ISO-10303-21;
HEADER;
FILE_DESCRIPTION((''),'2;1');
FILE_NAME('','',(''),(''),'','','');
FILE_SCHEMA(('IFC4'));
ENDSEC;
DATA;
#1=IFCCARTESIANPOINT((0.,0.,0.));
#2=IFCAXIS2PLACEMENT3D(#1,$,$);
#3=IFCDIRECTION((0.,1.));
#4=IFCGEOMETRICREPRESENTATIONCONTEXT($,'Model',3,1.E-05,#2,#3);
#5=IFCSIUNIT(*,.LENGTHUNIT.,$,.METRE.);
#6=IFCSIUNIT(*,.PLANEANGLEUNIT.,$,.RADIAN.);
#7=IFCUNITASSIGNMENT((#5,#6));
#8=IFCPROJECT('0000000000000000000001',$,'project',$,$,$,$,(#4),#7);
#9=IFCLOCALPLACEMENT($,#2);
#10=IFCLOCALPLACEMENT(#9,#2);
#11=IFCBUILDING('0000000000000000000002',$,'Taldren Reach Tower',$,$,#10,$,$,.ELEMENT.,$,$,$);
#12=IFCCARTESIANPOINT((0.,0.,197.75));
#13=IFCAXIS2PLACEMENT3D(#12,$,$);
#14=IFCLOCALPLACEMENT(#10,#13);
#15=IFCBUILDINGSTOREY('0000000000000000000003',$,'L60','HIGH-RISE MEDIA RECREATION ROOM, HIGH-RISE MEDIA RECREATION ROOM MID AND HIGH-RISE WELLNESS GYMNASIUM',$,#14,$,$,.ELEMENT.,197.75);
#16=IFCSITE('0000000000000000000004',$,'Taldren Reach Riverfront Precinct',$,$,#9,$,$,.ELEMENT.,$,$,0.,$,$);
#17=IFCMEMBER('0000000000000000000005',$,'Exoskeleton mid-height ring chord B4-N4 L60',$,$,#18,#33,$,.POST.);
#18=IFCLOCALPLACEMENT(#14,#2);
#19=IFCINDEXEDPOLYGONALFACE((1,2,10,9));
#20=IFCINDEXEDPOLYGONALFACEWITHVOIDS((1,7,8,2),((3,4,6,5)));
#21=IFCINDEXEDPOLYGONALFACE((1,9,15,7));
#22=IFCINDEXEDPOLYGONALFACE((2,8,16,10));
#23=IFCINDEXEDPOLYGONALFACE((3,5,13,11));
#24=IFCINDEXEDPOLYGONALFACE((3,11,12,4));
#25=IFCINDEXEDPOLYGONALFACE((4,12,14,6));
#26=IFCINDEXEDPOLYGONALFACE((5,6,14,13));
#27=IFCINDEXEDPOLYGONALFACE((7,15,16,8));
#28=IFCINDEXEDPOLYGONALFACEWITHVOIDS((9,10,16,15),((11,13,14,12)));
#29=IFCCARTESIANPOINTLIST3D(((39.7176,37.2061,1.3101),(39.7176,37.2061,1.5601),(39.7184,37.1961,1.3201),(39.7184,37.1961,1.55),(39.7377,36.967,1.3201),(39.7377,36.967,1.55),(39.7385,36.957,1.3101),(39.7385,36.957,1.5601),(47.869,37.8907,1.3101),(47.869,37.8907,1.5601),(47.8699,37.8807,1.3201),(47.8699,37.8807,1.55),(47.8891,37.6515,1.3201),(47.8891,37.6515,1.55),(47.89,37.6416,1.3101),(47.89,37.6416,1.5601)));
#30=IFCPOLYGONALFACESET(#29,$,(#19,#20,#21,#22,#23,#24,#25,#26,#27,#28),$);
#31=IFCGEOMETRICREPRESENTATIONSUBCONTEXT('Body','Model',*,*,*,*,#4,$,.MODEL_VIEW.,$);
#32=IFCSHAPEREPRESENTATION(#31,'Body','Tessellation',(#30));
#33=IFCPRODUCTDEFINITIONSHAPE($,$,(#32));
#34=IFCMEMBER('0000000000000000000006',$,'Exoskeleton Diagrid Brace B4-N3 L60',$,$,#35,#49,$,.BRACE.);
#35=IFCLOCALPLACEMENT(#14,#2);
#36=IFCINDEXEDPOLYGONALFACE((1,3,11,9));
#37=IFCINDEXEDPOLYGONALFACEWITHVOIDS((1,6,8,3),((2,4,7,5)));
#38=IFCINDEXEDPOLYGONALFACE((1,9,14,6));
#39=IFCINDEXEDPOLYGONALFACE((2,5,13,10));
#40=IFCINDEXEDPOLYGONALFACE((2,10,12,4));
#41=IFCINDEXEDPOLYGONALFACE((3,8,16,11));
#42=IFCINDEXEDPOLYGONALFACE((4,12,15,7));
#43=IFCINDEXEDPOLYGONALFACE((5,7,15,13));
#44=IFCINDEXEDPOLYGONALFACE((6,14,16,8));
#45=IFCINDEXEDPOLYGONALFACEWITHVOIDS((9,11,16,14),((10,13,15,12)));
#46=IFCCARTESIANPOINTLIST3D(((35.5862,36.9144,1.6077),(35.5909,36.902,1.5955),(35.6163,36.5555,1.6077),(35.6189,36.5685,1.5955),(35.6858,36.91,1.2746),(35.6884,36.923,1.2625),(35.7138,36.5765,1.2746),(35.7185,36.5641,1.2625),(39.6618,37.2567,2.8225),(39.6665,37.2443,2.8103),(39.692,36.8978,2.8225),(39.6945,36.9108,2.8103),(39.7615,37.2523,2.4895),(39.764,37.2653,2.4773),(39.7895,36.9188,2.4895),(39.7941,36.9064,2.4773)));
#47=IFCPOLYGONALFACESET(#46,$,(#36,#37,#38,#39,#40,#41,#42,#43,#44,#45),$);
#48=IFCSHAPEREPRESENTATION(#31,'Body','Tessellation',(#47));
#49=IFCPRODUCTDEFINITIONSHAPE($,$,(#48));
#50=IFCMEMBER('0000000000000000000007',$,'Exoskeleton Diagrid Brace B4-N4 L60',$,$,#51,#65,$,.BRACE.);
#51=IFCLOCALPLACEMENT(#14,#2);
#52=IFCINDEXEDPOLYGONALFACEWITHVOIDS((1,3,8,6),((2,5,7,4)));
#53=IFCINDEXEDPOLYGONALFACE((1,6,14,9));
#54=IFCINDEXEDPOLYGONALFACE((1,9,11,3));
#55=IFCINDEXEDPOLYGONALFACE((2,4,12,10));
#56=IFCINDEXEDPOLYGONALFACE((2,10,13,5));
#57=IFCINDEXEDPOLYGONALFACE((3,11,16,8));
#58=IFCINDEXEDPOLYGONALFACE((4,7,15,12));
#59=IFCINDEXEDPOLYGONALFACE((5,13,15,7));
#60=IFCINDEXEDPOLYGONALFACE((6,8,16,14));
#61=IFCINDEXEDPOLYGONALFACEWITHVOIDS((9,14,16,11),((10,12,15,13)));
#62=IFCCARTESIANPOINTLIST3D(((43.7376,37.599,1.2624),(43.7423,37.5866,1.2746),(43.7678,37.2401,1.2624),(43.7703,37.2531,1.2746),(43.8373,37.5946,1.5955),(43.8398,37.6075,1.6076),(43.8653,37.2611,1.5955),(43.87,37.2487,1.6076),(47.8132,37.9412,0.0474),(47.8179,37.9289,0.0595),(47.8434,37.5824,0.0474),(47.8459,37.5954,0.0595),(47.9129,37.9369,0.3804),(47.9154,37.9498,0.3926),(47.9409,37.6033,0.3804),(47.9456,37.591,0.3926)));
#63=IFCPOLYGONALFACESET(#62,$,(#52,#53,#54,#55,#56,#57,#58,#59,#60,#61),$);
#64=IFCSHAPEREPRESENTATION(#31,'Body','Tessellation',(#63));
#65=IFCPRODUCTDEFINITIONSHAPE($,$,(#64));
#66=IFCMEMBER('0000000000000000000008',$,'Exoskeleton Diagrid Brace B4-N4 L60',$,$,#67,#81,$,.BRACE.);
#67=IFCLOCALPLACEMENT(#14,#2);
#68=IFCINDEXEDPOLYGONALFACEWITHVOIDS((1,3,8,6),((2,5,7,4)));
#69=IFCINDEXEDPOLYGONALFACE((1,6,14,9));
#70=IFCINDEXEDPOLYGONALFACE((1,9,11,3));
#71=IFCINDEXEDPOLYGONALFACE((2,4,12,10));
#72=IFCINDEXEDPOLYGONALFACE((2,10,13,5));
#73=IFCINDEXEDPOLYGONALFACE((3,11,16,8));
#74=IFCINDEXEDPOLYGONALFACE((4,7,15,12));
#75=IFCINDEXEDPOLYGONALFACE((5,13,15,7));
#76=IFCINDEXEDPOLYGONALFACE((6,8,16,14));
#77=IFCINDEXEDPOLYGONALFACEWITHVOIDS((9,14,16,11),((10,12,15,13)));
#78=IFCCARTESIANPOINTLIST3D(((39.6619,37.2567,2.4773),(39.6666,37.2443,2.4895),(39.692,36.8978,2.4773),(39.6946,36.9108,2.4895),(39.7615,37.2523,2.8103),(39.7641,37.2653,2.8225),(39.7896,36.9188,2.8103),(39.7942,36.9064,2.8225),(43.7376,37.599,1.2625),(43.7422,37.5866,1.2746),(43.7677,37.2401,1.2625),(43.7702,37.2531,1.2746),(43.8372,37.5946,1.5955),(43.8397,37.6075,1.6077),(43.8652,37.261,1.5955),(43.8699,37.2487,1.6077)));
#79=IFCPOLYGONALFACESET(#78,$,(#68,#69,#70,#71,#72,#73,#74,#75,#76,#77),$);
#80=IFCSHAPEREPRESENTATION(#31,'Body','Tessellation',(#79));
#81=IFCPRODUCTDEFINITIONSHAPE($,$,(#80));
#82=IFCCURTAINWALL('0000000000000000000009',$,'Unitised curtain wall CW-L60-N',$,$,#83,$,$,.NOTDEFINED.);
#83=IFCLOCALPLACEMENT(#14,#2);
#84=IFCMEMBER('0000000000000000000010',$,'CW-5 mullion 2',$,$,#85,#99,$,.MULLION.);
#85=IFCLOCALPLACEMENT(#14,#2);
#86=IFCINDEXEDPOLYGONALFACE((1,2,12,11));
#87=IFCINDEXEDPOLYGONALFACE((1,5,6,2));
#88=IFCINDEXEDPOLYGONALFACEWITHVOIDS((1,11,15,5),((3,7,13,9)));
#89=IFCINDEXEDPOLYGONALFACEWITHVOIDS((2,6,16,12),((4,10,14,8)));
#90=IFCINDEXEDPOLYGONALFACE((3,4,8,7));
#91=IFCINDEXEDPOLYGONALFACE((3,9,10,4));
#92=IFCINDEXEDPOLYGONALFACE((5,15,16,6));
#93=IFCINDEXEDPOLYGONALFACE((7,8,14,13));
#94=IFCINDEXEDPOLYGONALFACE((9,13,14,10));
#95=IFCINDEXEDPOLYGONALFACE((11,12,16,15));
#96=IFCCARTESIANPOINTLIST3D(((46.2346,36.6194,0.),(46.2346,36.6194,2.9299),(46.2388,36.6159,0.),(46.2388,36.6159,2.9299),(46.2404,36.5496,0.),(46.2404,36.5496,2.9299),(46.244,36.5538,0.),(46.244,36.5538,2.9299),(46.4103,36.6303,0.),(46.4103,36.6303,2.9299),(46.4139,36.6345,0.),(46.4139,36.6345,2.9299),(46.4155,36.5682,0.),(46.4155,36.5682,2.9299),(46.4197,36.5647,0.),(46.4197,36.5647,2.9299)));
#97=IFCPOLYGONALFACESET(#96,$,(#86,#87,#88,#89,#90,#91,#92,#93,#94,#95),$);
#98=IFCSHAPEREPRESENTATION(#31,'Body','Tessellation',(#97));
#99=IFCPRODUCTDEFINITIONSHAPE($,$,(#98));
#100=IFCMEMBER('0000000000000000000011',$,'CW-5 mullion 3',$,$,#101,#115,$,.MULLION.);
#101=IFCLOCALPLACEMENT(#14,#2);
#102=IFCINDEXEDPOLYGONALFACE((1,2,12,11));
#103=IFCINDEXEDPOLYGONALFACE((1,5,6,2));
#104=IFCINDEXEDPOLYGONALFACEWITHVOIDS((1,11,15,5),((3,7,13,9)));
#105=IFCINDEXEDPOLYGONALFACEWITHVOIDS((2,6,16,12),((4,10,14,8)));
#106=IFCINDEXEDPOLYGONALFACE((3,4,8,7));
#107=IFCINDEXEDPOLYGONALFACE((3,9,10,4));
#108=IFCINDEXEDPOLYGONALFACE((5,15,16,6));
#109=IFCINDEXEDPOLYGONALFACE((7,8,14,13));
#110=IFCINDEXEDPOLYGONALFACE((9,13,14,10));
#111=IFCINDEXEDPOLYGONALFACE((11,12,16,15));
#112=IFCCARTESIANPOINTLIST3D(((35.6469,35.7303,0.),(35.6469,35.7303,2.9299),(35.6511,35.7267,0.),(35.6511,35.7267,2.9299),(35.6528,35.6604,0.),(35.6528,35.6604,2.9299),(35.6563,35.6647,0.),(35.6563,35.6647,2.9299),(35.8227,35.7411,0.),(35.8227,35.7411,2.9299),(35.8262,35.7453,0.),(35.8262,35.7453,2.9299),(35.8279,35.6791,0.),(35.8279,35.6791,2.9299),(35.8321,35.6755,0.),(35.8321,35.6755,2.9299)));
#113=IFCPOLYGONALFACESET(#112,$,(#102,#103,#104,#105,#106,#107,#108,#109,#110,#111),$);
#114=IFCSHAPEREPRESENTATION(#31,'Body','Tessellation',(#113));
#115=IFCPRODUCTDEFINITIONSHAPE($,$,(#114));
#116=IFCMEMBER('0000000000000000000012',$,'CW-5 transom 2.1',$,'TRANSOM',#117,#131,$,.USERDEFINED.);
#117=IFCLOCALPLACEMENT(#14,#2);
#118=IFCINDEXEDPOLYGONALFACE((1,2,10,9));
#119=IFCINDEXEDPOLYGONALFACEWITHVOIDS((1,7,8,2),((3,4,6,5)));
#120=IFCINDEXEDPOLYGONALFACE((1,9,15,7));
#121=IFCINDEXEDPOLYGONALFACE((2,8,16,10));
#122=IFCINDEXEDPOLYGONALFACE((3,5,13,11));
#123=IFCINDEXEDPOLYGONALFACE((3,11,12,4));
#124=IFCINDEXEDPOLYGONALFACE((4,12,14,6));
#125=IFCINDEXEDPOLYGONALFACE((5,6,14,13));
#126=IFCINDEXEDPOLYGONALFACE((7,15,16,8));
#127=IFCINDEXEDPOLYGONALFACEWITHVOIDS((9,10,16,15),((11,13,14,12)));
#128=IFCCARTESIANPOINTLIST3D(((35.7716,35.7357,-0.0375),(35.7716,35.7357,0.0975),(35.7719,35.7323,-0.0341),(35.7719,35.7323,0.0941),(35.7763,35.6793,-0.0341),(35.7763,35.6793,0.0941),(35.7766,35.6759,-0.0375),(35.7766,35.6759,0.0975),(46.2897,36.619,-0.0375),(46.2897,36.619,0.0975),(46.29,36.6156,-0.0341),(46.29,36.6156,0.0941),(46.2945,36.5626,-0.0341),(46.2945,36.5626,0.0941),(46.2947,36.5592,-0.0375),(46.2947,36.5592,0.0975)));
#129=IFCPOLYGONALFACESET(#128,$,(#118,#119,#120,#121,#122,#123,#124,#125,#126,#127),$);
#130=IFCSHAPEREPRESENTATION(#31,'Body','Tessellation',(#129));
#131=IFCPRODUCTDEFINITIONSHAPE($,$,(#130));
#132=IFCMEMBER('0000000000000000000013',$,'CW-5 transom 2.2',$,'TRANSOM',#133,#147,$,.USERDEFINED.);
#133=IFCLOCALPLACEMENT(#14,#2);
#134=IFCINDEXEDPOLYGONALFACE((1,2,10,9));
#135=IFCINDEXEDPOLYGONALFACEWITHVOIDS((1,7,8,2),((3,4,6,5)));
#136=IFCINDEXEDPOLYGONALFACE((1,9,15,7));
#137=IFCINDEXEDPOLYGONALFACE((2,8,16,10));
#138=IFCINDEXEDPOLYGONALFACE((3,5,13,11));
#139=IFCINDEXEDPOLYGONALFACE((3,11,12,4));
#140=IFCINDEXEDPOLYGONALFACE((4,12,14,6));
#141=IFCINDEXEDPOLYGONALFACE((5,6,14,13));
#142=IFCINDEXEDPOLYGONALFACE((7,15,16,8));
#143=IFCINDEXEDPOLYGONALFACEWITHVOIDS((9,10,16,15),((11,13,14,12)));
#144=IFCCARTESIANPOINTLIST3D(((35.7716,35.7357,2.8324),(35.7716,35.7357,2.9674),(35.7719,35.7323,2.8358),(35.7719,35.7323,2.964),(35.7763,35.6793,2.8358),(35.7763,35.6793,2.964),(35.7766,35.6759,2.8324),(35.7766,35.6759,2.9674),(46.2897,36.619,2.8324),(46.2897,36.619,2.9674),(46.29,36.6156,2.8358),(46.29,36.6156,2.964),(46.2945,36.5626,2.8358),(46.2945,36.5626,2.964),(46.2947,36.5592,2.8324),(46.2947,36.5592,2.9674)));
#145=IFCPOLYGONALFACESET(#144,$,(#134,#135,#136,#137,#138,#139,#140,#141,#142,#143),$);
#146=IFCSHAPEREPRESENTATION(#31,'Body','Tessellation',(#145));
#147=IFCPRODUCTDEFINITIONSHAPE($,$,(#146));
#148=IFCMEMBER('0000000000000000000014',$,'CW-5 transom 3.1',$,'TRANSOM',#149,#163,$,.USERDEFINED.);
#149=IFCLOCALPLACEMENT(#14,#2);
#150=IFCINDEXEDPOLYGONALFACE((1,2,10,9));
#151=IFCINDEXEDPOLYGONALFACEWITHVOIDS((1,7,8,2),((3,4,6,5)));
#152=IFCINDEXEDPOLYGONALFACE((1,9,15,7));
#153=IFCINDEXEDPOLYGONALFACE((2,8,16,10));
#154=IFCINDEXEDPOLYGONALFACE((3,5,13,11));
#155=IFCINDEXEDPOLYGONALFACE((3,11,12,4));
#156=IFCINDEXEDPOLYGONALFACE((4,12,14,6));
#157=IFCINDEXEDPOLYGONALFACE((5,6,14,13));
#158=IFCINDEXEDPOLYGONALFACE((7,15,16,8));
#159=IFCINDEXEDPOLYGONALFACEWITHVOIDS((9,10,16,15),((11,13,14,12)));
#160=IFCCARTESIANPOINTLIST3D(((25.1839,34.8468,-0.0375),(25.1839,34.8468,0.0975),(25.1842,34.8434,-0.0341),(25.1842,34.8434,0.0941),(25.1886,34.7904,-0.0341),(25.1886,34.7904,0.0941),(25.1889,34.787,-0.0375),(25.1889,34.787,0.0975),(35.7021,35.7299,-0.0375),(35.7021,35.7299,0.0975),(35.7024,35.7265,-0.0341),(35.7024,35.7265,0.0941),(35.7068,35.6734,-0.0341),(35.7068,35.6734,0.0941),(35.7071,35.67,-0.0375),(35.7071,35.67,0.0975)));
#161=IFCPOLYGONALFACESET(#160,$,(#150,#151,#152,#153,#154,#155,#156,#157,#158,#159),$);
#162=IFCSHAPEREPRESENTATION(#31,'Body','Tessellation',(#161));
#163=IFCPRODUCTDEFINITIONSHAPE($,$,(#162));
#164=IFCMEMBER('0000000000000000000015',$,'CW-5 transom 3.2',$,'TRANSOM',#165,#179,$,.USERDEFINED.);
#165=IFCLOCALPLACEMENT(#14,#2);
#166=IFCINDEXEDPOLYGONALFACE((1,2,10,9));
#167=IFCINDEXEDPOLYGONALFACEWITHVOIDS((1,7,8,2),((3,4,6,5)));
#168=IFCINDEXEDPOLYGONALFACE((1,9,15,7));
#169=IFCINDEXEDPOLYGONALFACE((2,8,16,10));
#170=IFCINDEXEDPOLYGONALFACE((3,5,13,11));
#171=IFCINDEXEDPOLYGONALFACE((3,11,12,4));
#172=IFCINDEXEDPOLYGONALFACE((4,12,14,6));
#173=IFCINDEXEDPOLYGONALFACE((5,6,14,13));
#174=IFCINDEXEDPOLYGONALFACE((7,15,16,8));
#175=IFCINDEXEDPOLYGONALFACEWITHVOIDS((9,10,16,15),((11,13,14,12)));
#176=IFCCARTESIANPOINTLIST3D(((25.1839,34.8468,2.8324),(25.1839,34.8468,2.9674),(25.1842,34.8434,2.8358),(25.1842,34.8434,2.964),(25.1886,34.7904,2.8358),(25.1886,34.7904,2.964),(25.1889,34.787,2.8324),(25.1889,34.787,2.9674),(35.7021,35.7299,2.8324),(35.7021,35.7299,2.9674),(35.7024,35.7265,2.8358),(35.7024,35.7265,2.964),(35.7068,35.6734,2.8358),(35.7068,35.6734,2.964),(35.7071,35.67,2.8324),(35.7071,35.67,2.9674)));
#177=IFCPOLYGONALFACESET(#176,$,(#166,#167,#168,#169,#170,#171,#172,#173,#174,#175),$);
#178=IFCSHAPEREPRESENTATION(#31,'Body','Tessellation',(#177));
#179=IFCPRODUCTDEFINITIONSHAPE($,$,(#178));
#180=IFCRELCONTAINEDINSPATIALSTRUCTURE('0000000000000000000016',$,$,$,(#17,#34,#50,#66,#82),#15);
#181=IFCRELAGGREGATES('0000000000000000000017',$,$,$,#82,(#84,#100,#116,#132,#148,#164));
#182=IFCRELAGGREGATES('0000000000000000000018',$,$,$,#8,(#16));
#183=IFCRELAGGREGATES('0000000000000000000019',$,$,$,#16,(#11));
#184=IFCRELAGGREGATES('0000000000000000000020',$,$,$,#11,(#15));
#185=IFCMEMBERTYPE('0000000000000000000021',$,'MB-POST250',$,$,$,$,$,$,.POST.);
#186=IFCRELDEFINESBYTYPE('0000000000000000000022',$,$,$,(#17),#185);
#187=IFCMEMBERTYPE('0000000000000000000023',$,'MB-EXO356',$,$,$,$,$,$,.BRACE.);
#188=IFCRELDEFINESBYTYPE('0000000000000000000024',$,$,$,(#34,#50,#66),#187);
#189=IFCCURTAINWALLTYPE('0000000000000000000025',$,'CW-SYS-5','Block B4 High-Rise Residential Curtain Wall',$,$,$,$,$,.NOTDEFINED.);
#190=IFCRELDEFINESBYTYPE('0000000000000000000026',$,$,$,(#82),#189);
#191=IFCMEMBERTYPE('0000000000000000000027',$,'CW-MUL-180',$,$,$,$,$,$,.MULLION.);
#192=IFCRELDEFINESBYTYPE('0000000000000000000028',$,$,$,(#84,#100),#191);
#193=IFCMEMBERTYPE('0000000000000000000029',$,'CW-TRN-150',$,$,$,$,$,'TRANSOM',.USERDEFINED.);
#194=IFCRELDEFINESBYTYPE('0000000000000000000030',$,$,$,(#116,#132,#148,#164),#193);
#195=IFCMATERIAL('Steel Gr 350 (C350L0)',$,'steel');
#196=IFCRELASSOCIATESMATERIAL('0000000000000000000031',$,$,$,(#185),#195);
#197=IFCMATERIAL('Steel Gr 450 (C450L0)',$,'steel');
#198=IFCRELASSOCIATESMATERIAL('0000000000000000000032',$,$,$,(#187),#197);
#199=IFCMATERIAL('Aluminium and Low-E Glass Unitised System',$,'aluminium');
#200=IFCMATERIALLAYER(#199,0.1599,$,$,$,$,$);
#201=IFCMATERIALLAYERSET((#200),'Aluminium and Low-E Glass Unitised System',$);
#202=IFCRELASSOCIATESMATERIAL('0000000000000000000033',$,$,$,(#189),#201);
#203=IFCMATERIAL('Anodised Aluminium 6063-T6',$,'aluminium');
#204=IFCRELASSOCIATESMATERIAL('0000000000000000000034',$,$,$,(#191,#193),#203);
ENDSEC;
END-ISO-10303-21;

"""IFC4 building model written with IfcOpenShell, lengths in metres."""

from ifc_helpers import new_model, si_unit, direction, frame, origin, origin_2d, place, context, subcontext, project, spatial, hollow_rectangle, extrude, source, transform, mapped, material, layer, layer_set, material_profile, profile_set, type_object, element, aggregate, save


model = new_model("IFC4")

# Units and contexts
model_context = context("Model", 3, precision=1e-05, world=origin(), true_north=direction((0.0, 1.0)))
body_context = subcontext(model_context, "Body", "Model", "MODEL_VIEW")
ifc_project = project(units=[si_unit("LENGTHUNIT", "METRE"), si_unit("PLANEANGLEUNIT", "RADIAN")], contexts=[model_context])

# Site, building, storey
site_placement = place(None, origin())
site = spatial("IfcSite", under=ifc_project, at=site_placement, Name="Taldren Reach Riverfront Precinct", CompositionType="ELEMENT", RefElevation=0.0)
building_placement = place(site_placement, origin())
building = spatial("IfcBuilding", under=site, at=building_placement, Name="Taldren Reach Tower", CompositionType="ELEMENT")
storey_placement = place(building_placement, frame((0.0, 0.0, 197.75)))
storey = spatial("IfcBuildingStorey", under=building, at=storey_placement, Name="L60", Description="HIGH-RISE MEDIA RECREATION ROOM, HIGH-RISE MEDIA RECREATION ROOM MID AND HIGH-RISE WELLNESS GYMNASIUM", CompositionType="ELEMENT", Elevation=197.75)

# Shared definitions
ifc_material_1 = material(Name="Steel Gr 450 (C450L0)", Category="steel")

# Shared definitions
ifc_material_2 = material(Name="Steel Gr 350 (C350L0)", Category="steel")
ifc_material_profile_1 = material_profile(ifc_material_2, hollow_rectangle(XDim=0.25, YDim=0.25, WallThickness=0.01, at=origin_2d()), Name="250x250x10.0SHS")
ifc_profile_set_1 = profile_set([ifc_material_profile_1], Name="Steel Gr 350 (C350L0)")
member_type_1 = type_object("IfcMemberType", Name="MB-POST250", PredefinedType="POST", material=ifc_profile_set_1)

# Members
shared_shape_1 = source(origin(), body_context, "Body", "SweptSolid", [
    extrude(hollow_rectangle(XDim=0.25, YDim=0.25, WallThickness=0.01, at=origin_2d()), origin(), (0.0, 0.0, 1.0), 8.1802),
])
member_1_placement = place(storey_placement, frame((39.728, 37.0815, 1.4351), z_axis=(0.996492, 0.083688, 0.0), x_axis=(-0.083688, 0.996492, 0.0)))
element("IfcMember", 1, at=member_1_placement, inside=storey, type_object=member_type_1, Name="Exoskeleton mid-height ring chord B4-N4 L60", PredefinedType="POST", context=body_context, shape_type="MappedRepresentation", body=[
    mapped(shared_shape_1, transform((0.0, 0.0, 0.0), scale=1.0)),
])
ifc_material_profile_2 = material_profile(ifc_material_1, hollow_rectangle(XDim=0.3601, YDim=0.3601, WallThickness=0.0127, at=origin_2d()), Name="360x360x12.7SHS")
ifc_profile_set_2 = profile_set([ifc_material_profile_2], Name="Steel Gr 450 (C450L0)")
member_type_2 = type_object("IfcMemberType", Name="MB-EXO356", PredefinedType="BRACE", material=ifc_profile_set_2)
shared_shape_2 = source(origin(), body_context, "Body", "SweptSolid", [
    extrude(hollow_rectangle(XDim=0.3601, YDim=0.3601, WallThickness=0.0127, at=origin_2d()), origin(), (0.0, 0.0, 1.0), 4.2666),
])
for number, where, z_axis, x_axis, name in (
    (2, (35.6523, 36.7393, 1.4351), (0.955245, 0.080224, 0.284731), (-0.083688, 0.996492, 0.0), "Exoskeleton Diagrid Brace B4-N3 L60"),
    (3, (47.8794, 37.7661, 0.22), (-0.955229, -0.080222, 0.284783), (0.083688, -0.996492, 0.0), "Exoskeleton Diagrid Brace B4-N4 L60"),
    (4, (43.8037, 37.4238, 1.4351), (-0.955245, -0.080224, 0.284731), (0.083688, -0.996492, 0.0), "Exoskeleton Diagrid Brace B4-N4 L60"),
):
    element("IfcMember", number, at=place(storey_placement, frame(where, z_axis=z_axis, x_axis=x_axis)), inside=storey, type_object=member_type_2, Name=name, PredefinedType="BRACE", context=body_context, shape_type="MappedRepresentation", body=[
        mapped(shared_shape_2, transform((0.0, 0.0, 0.0), scale=1.0)),
    ])

# Curtain wall, members
ifc_material_3 = material(Name="Aluminium and Low-E Glass Unitised System", Category="aluminium")
ifc_layer_1 = layer(ifc_material_3, 0.1599)
ifc_layer_set_1 = layer_set([ifc_layer_1], Name="Aluminium and Low-E Glass Unitised System")
curtain_wall_type = type_object("IfcCurtainWallType", Name="CW-SYS-5", Description="Block B4 High-Rise Residential Curtain Wall", PredefinedType="NOTDEFINED", material=ifc_layer_set_1)
curtain_wall_placement = place(storey_placement, origin())
curtain_wall = element("IfcCurtainWall", 5, at=curtain_wall_placement, inside=storey, type_object=curtain_wall_type, Name="Unitised curtain wall CW-L60-N", PredefinedType="NOTDEFINED")
ifc_material_4 = material(Name="Anodised Aluminium 6063-T6", Category="aluminium")
ifc_material_profile_3 = material_profile(ifc_material_4, hollow_rectangle(XDim=0.0701, YDim=0.1799, WallThickness=0.0039, at=origin_2d()), Name="ALU-180x70x4RHS")
ifc_profile_set_3 = profile_set([ifc_material_profile_3], Name="Anodised Aluminium 6063-T6")
member_type_3 = type_object("IfcMemberType", Name="CW-MUL-180", PredefinedType="MULLION", material=ifc_profile_set_3)
shared_shape_3 = source(origin(), body_context, "Body", "SweptSolid", [
    extrude(hollow_rectangle(XDim=0.0701, YDim=0.1799, WallThickness=0.0039, at=origin_2d()), origin(), (0.0, 0.0, 1.0), 2.9299),
])
member_2_placement = place(storey_placement, frame((46.3271, 36.592, 0.0), z_axis=(0.0, 0.0, 1.0), x_axis=(0.083678, -0.996493, 0.0)))
member_2 = element("IfcMember", 6, at=member_2_placement, type_object=member_type_3, Name="CW-5 mullion 2", PredefinedType="MULLION", context=body_context, shape_type="MappedRepresentation", body=[
    mapped(shared_shape_3, transform((0.0, 0.0, 0.0), scale=1.0)),
])
member_3_placement = place(storey_placement, frame((35.7395, 35.7029, 0.0), z_axis=(0.0, 0.0, 1.0), x_axis=(0.083678, -0.996493, 0.0)))
member_3 = element("IfcMember", 7, at=member_3_placement, type_object=member_type_3, Name="CW-5 mullion 3", PredefinedType="MULLION", context=body_context, shape_type="MappedRepresentation", body=[
    mapped(shared_shape_3, transform((0.0, 0.0, 0.0), scale=1.0)),
])
ifc_material_profile_4 = material_profile(ifc_material_4, hollow_rectangle(XDim=0.0601, YDim=0.135, WallThickness=0.0034, at=origin_2d()), Name="ALU-135x60x3.5RHS")
ifc_profile_set_4 = profile_set([ifc_material_profile_4], Name="Anodised Aluminium 6063-T6")
member_type_4 = type_object("IfcMemberType", Name="CW-TRN-150", ElementType="TRANSOM", PredefinedType="USERDEFINED", material=ifc_profile_set_4)
shared_shape_4 = source(origin(), body_context, "Body", "SweptSolid", [
    extrude(hollow_rectangle(XDim=0.0601, YDim=0.135, WallThickness=0.0034, at=origin_2d()), origin(), (0.0, 0.0, 1.0), 10.5552),
])
member_4_placement = place(storey_placement, frame((46.2922, 36.5891, 0.03), z_axis=(-0.996492, -0.083685, 0.0), x_axis=(0.083685, -0.996492, 0.0)))
member_4 = element("IfcMember", 8, at=member_4_placement, type_object=member_type_4, Name="CW-5 transom 2.1", ObjectType="TRANSOM", PredefinedType="USERDEFINED", context=body_context, shape_type="MappedRepresentation", body=[
    mapped(shared_shape_4, transform((0.0, 0.0, 0.0), scale=1.0)),
])
member_5_placement = place(storey_placement, frame((46.2922, 36.5891, 2.8999), z_axis=(-0.996492, -0.083685, 0.0), x_axis=(0.083685, -0.996492, 0.0)))
member_5 = element("IfcMember", 9, at=member_5_placement, type_object=member_type_4, Name="CW-5 transom 2.2", ObjectType="TRANSOM", PredefinedType="USERDEFINED", context=body_context, shape_type="MappedRepresentation", body=[
    mapped(shared_shape_4, transform((0.0, 0.0, 0.0), scale=1.0)),
])
member_6_placement = place(storey_placement, frame((35.7046, 35.7, 0.03), z_axis=(-0.996494, -0.083662, 0.0), x_axis=(0.083662, -0.996494, 0.0)))
member_6 = element("IfcMember", 10, at=member_6_placement, type_object=member_type_4, Name="CW-5 transom 3.1", ObjectType="TRANSOM", PredefinedType="USERDEFINED", context=body_context, shape_type="MappedRepresentation", body=[
    mapped(shared_shape_4, transform((0.0, 0.0, 0.0), scale=1.0)),
])
member_7_placement = place(storey_placement, frame((35.7046, 35.7, 2.8999), z_axis=(-0.996494, -0.083662, 0.0), x_axis=(0.083662, -0.996494, 0.0)))
member_7 = element("IfcMember", 11, at=member_7_placement, type_object=member_type_4, Name="CW-5 transom 3.2", ObjectType="TRANSOM", PredefinedType="USERDEFINED", context=body_context, shape_type="MappedRepresentation", body=[
    mapped(shared_shape_4, transform((0.0, 0.0, 0.0), scale=1.0)),
])

aggregate(curtain_wall, [member_2, member_3, member_4, member_5, member_6, member_7])

save(model, "model.ifc")
